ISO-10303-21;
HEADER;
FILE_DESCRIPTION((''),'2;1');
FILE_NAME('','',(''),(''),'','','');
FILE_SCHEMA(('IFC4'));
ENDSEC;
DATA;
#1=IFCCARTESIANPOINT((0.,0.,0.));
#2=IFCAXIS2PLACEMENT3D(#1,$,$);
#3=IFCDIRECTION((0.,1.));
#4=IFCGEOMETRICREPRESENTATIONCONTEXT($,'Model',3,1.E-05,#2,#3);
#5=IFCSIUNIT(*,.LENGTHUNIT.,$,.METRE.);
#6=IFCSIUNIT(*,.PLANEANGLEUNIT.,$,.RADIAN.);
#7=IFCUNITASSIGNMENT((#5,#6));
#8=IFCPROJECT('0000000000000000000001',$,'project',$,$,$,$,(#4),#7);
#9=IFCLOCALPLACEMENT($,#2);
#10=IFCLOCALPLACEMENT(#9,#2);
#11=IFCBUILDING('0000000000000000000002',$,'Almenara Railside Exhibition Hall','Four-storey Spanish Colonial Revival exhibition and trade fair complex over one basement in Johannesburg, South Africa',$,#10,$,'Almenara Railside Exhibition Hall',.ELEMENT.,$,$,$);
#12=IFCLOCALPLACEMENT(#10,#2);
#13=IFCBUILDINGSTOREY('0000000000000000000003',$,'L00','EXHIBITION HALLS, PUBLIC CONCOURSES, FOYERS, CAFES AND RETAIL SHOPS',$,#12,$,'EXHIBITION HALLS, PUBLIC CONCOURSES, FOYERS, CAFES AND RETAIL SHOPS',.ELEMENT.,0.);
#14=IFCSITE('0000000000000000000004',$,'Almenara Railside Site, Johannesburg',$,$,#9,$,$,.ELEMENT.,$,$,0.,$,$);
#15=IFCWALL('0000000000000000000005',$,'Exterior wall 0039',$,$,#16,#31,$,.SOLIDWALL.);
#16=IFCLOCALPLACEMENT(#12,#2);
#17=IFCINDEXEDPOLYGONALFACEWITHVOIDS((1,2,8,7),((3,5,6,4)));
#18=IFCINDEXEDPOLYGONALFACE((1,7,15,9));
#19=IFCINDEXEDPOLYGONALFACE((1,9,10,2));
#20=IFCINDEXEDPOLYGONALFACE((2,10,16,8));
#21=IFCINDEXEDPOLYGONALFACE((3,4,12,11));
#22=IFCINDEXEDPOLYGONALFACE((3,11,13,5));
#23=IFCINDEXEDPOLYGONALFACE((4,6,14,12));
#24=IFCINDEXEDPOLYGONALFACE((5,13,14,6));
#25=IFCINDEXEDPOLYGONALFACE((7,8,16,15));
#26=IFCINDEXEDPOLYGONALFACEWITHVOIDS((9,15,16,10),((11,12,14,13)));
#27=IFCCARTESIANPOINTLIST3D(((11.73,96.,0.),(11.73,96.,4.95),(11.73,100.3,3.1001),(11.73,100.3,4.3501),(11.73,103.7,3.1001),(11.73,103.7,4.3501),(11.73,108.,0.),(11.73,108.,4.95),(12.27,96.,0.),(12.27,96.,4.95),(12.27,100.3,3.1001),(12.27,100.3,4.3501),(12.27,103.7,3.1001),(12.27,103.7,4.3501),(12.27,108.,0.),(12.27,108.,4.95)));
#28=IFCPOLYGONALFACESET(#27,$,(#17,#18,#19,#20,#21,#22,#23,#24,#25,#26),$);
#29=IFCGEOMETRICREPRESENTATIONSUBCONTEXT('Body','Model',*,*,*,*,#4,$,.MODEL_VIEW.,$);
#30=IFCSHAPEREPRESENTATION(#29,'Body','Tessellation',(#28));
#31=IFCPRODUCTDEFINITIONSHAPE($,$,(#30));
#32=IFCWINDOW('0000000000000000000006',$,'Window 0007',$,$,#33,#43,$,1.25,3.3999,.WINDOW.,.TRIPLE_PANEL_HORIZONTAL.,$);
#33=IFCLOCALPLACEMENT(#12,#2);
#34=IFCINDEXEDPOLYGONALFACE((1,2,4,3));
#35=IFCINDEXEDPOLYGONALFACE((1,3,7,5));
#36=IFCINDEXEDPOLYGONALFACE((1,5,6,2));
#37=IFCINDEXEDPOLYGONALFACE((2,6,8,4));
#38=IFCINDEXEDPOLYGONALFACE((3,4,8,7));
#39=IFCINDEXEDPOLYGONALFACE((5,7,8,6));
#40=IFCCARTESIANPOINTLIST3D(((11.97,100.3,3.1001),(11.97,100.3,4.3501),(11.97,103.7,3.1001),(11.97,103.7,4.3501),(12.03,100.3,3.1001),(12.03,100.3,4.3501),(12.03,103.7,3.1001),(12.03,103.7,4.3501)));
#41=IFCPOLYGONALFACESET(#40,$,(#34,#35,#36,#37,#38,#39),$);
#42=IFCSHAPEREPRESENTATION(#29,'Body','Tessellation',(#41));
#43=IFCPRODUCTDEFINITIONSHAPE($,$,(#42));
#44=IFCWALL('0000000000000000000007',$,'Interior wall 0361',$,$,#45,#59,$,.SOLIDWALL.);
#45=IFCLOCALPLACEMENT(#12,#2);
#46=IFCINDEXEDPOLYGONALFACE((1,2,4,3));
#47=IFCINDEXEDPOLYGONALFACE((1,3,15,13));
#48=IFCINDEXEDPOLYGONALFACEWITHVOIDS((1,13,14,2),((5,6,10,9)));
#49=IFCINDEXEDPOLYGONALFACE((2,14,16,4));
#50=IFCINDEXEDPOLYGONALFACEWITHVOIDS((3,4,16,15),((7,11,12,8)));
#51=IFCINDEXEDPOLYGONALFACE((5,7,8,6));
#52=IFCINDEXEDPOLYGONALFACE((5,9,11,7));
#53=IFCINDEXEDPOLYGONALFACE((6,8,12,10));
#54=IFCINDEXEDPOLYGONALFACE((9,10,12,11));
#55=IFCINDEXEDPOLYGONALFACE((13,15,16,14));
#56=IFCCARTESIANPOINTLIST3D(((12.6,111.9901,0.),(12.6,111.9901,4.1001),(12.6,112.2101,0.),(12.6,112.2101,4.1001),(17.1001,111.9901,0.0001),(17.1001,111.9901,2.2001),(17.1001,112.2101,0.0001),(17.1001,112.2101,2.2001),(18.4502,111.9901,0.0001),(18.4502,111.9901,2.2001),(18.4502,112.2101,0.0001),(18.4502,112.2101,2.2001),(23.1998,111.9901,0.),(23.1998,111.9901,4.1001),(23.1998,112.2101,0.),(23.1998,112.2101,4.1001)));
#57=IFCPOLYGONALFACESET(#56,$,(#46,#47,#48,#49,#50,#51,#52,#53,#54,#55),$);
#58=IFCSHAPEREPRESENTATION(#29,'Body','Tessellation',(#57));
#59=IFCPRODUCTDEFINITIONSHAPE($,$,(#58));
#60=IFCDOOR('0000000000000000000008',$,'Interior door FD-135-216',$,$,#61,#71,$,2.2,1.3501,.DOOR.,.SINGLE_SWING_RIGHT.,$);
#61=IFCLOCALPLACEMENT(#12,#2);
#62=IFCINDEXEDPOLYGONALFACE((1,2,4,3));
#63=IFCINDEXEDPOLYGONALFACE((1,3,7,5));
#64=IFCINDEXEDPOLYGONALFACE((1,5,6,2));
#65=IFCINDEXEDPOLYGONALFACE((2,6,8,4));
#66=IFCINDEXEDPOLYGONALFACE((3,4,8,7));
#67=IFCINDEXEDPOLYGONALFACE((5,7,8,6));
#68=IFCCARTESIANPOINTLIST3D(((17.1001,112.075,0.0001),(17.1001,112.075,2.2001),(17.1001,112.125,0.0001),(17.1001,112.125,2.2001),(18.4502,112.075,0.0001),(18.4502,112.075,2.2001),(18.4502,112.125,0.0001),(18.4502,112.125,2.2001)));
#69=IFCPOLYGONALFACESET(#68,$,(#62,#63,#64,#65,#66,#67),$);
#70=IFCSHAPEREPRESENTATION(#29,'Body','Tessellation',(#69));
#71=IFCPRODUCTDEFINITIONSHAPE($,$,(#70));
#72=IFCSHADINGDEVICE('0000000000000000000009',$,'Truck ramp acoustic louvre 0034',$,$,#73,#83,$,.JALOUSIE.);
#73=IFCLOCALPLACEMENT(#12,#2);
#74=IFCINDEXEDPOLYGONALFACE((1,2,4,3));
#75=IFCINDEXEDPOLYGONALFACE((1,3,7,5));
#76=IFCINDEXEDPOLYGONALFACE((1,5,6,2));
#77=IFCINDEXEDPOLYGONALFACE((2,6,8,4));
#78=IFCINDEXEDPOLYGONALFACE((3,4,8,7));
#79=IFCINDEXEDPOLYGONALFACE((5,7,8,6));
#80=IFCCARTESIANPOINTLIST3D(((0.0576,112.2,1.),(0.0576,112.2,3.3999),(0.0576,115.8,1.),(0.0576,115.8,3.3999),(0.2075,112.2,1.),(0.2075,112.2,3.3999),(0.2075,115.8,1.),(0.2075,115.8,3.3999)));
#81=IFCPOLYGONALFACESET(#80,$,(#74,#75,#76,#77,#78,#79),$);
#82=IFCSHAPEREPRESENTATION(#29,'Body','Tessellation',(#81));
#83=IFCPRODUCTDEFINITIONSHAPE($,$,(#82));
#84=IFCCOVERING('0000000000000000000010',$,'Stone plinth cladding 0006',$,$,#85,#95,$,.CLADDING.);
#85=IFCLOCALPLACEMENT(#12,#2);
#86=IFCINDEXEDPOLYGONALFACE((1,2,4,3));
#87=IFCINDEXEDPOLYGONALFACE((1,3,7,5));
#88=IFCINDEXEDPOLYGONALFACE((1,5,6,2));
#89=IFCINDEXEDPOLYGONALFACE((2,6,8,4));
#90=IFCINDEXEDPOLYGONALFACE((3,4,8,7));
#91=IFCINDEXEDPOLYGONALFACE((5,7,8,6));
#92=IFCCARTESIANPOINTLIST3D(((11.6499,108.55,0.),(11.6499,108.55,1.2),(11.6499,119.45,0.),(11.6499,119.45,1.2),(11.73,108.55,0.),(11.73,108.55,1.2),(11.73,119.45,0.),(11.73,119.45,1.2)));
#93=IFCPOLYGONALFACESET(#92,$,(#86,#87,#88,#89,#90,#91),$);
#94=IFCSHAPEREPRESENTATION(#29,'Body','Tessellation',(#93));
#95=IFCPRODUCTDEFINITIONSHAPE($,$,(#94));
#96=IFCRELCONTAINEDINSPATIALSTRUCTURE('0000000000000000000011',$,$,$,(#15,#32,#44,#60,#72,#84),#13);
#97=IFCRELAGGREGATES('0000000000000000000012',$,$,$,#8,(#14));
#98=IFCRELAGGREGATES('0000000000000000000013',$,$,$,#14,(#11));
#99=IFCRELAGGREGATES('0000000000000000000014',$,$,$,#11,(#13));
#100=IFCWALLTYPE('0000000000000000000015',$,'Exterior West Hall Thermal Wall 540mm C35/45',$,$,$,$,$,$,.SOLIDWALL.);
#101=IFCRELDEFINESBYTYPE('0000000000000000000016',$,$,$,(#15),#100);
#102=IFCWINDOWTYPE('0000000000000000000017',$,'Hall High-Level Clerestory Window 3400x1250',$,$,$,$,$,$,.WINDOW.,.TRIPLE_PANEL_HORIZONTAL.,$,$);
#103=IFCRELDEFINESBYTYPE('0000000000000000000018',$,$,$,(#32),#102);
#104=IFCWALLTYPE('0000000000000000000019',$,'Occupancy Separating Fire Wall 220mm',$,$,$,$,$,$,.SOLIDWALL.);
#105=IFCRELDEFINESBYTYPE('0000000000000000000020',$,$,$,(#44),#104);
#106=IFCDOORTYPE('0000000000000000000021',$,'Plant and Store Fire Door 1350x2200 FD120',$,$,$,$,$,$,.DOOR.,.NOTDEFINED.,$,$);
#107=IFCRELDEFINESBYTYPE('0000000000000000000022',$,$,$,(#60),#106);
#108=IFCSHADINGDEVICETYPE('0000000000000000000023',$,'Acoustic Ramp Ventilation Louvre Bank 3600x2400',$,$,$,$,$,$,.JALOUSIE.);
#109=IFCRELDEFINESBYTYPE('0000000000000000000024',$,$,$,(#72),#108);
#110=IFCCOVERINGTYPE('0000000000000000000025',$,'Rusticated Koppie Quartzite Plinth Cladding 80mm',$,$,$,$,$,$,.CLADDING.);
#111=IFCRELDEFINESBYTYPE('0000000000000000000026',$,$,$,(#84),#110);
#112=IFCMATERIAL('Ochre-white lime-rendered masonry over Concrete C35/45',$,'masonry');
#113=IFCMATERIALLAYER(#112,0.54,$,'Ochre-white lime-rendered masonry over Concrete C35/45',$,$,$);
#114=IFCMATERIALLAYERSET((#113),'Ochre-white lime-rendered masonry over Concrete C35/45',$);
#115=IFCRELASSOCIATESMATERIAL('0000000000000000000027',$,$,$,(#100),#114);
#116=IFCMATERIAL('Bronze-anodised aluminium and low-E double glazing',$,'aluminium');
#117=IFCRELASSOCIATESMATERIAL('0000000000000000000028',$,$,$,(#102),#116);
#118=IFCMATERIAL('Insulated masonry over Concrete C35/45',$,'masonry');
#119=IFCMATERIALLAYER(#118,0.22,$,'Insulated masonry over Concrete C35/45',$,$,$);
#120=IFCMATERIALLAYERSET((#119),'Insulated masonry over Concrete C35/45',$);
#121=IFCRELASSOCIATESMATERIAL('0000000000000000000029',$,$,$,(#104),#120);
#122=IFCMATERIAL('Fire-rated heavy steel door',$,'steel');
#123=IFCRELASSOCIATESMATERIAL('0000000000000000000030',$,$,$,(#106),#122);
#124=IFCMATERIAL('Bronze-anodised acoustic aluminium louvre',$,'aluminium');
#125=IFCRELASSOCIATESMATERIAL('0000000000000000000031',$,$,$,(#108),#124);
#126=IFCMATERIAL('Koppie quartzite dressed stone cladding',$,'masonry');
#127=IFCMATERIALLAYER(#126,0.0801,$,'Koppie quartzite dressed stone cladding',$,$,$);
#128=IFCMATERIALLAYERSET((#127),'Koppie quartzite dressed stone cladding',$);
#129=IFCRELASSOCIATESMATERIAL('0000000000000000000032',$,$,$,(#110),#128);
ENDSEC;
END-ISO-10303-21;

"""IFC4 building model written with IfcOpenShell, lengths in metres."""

from ifc_helpers import new_model, si_unit, direction, frame, frame_2d, origin, origin_2d, place, context, subcontext, project, spatial, rectangle, extrude, material, layer, layer_set, type_object, element, fill, save


model = new_model("IFC4")

# Units and contexts
model_context = context("Model", 3, precision=1e-05, world=origin(), true_north=direction((0.0, 1.0)))
body_context = subcontext(model_context, "Body", "Model", "MODEL_VIEW")
ifc_project = project(units=[si_unit("LENGTHUNIT", "METRE"), si_unit("PLANEANGLEUNIT", "RADIAN")], contexts=[model_context])

# Site, building, storey
site_placement = place(None, origin())
site = spatial("IfcSite", under=ifc_project, at=site_placement, Name="Almenara Railside Site, Johannesburg", CompositionType="ELEMENT", RefElevation=0.0)
building_placement = place(site_placement, origin())
building = spatial("IfcBuilding", under=site, at=building_placement, Name="Almenara Railside Exhibition Hall", Description="Four-storey Spanish Colonial Revival exhibition and trade fair complex over one basement in Johannesburg, South Africa", LongName="Almenara Railside Exhibition Hall", CompositionType="ELEMENT")
storey_placement = place(building_placement, origin())
storey = spatial("IfcBuildingStorey", under=building, at=storey_placement, Name="L00", Description="EXHIBITION HALLS, PUBLIC CONCOURSES, FOYERS, CAFES AND RETAIL SHOPS", LongName="EXHIBITION HALLS, PUBLIC CONCOURSES, FOYERS, CAFES AND RETAIL SHOPS", CompositionType="ELEMENT", Elevation=0.0)

# Shared definitions
ifc_material_1 = material(Name="Ochre-white lime-rendered masonry over Concrete C35/45", Category="masonry")

# Wall, opening, window
ifc_layer_1 = layer(ifc_material_1, 0.54, Name="Ochre-white lime-rendered masonry over Concrete C35/45")
ifc_layer_set_1 = layer_set([ifc_layer_1], Name="Ochre-white lime-rendered masonry over Concrete C35/45")
wall_type_1 = type_object("IfcWallType", Name="Exterior West Hall Thermal Wall 540mm C35/45", PredefinedType="SOLIDWALL", material=ifc_layer_set_1)
wall_1_placement = place(storey_placement, frame((12.0, 108.0, 0.0), z_axis=(0.0, 0.0, 1.0), x_axis=(0.0, -1.0, 0.0)))
wall_1 = element("IfcWall", 1, at=wall_1_placement, inside=storey, type_object=wall_type_1, Name="Exterior wall 0039", PredefinedType="SOLIDWALL", context=body_context, shape_type="SweptSolid", body=[
    extrude(rectangle(XDim=12.0, YDim=0.54, at=frame_2d((6.0, 0.0))), origin(), (0.0, 0.0, 1.0), 4.95),
])
opening_1_placement = place(wall_1_placement, frame((4.3, 0.0, 3.1001)))
opening_1 = element("IfcOpeningElement", 2, at=opening_1_placement, cuts=wall_1, PredefinedType="OPENING", context=body_context, shape_type="SweptSolid", body=[
    extrude(rectangle(XDim=3.3999, YDim=1.25, at=frame_2d((1.7, 0.625))), frame((0.0, 0.28, 0.0), z_axis=(0.0, -1.0, 0.0), x_axis=(1.0, 0.0, 0.0)), (0.0, 0.0, 1.0), 0.5601),
])
ifc_material_2 = material(Name="Bronze-anodised aluminium and low-E double glazing", Category="aluminium")
window_type = type_object("IfcWindowType", Name="Hall High-Level Clerestory Window 3400x1250", PartitioningType="TRIPLE_PANEL_HORIZONTAL", PredefinedType="WINDOW", material=ifc_material_2)
window_placement = place(opening_1_placement, origin())
window = element("IfcWindow", 3, at=window_placement, inside=storey, type_object=window_type, Name="Window 0007", OverallHeight=1.25, OverallWidth=3.3999, PartitioningType="TRIPLE_PANEL_HORIZONTAL", PredefinedType="WINDOW", context=body_context, shape_type="SweptSolid", body=[
    extrude(rectangle(XDim=3.3999, YDim=1.25, at=frame_2d((1.7, 0.625))), frame((0.0, 0.03, 0.0), z_axis=(0.0, -1.0, 0.0), x_axis=(1.0, 0.0, 0.0)), (0.0, 0.0, 1.0), 0.0601),
])
fill(opening_1, window)

# Wall, opening, door
ifc_material_3 = material(Name="Insulated masonry over Concrete C35/45", Category="masonry")
ifc_layer_2 = layer(ifc_material_3, 0.22, Name="Insulated masonry over Concrete C35/45")
ifc_layer_set_2 = layer_set([ifc_layer_2], Name="Insulated masonry over Concrete C35/45")
wall_type_2 = type_object("IfcWallType", Name="Occupancy Separating Fire Wall 220mm", PredefinedType="SOLIDWALL", material=ifc_layer_set_2)
wall_2_placement = place(storey_placement, frame((12.6001, 112.1001, 0.0), z_axis=(0.0, 0.0, 1.0), x_axis=(1.0, 0.0, 0.0)))
wall_2 = element("IfcWall", 4, at=wall_2_placement, inside=storey, type_object=wall_type_2, Name="Interior wall 0361", PredefinedType="SOLIDWALL", context=body_context, shape_type="SweptSolid", body=[
    extrude(rectangle(XDim=10.5999, YDim=0.22, at=frame_2d((5.2998, 0.0))), origin(), (0.0, 0.0, 1.0), 4.1001),
])
opening_2_placement = place(wall_2_placement, frame((4.5, 0.0, 0.0)))
opening_2 = element("IfcOpeningElement", 5, at=opening_2_placement, cuts=wall_2, PredefinedType="OPENING", context=body_context, shape_type="SweptSolid", body=[
    extrude(rectangle(XDim=1.3501, YDim=2.2, at=frame_2d((0.675, 1.1001))), frame((0.0, 0.1199, 0.0), z_axis=(0.0, -1.0, 0.0), x_axis=(1.0, 0.0, 0.0)), (0.0, 0.0, 1.0), 0.24),
])
ifc_material_4 = material(Name="Fire-rated heavy steel door", Category="steel")
door_type = type_object("IfcDoorType", Name="Plant and Store Fire Door 1350x2200 FD120", OperationType="NOTDEFINED", PredefinedType="DOOR", material=ifc_material_4)
door_placement = place(opening_2_placement, origin())
door = element("IfcDoor", 6, at=door_placement, inside=storey, type_object=door_type, Name="Interior door FD-135-216", OperationType="SINGLE_SWING_RIGHT", OverallHeight=2.2, OverallWidth=1.3501, PredefinedType="DOOR", context=body_context, shape_type="SweptSolid", body=[
    extrude(rectangle(XDim=1.3501, YDim=2.2, at=frame_2d((0.675, 1.1001))), frame((0.0, 0.0249, 0.0), z_axis=(0.0, -1.0, 0.0), x_axis=(1.0, 0.0, 0.0)), (0.0, 0.0, 1.0), 0.05),
])
fill(opening_2, door)

# Shading device
ifc_material_5 = material(Name="Bronze-anodised acoustic aluminium louvre", Category="aluminium")
shading_device_type = type_object("IfcShadingDeviceType", Name="Acoustic Ramp Ventilation Louvre Bank 3600x2400", PredefinedType="JALOUSIE", material=ifc_material_5)
shading_device_placement = place(storey_placement, frame((0.1326, 114.0, 1.0), z_axis=(0.0, 0.0, 1.0), x_axis=(0.0, 1.0, 0.0)))
element("IfcShadingDevice", 7, at=shading_device_placement, inside=storey, type_object=shading_device_type, Name="Truck ramp acoustic louvre 0034", PredefinedType="JALOUSIE", context=body_context, shape_type="SweptSolid", body=[
    extrude(rectangle(XDim=3.6001, YDim=0.1499, at=origin_2d()), origin(), (0.0, 0.0, 1.0), 2.3999),
])

# Covering
ifc_material_6 = material(Name="Koppie quartzite dressed stone cladding", Category="masonry")
ifc_layer_3 = layer(ifc_material_6, 0.0801, Name="Koppie quartzite dressed stone cladding")
ifc_layer_set_3 = layer_set([ifc_layer_3], Name="Koppie quartzite dressed stone cladding")
covering_type = type_object("IfcCoveringType", Name="Rusticated Koppie Quartzite Plinth Cladding 80mm", PredefinedType="CLADDING", material=ifc_layer_set_3)
covering_placement = place(storey_placement, frame((11.6899, 114.0, 0.0), z_axis=(0.0, 0.0, 1.0), x_axis=(0.0, -1.0, 0.0)))
element("IfcCovering", 8, at=covering_placement, inside=storey, type_object=covering_type, Name="Stone plinth cladding 0006", PredefinedType="CLADDING", context=body_context, shape_type="SweptSolid", body=[
    extrude(rectangle(XDim=10.8999, YDim=0.0801, at=origin_2d()), origin(), (0.0, 0.0, 1.0), 1.2),
])

save(model, "model.ifc")
